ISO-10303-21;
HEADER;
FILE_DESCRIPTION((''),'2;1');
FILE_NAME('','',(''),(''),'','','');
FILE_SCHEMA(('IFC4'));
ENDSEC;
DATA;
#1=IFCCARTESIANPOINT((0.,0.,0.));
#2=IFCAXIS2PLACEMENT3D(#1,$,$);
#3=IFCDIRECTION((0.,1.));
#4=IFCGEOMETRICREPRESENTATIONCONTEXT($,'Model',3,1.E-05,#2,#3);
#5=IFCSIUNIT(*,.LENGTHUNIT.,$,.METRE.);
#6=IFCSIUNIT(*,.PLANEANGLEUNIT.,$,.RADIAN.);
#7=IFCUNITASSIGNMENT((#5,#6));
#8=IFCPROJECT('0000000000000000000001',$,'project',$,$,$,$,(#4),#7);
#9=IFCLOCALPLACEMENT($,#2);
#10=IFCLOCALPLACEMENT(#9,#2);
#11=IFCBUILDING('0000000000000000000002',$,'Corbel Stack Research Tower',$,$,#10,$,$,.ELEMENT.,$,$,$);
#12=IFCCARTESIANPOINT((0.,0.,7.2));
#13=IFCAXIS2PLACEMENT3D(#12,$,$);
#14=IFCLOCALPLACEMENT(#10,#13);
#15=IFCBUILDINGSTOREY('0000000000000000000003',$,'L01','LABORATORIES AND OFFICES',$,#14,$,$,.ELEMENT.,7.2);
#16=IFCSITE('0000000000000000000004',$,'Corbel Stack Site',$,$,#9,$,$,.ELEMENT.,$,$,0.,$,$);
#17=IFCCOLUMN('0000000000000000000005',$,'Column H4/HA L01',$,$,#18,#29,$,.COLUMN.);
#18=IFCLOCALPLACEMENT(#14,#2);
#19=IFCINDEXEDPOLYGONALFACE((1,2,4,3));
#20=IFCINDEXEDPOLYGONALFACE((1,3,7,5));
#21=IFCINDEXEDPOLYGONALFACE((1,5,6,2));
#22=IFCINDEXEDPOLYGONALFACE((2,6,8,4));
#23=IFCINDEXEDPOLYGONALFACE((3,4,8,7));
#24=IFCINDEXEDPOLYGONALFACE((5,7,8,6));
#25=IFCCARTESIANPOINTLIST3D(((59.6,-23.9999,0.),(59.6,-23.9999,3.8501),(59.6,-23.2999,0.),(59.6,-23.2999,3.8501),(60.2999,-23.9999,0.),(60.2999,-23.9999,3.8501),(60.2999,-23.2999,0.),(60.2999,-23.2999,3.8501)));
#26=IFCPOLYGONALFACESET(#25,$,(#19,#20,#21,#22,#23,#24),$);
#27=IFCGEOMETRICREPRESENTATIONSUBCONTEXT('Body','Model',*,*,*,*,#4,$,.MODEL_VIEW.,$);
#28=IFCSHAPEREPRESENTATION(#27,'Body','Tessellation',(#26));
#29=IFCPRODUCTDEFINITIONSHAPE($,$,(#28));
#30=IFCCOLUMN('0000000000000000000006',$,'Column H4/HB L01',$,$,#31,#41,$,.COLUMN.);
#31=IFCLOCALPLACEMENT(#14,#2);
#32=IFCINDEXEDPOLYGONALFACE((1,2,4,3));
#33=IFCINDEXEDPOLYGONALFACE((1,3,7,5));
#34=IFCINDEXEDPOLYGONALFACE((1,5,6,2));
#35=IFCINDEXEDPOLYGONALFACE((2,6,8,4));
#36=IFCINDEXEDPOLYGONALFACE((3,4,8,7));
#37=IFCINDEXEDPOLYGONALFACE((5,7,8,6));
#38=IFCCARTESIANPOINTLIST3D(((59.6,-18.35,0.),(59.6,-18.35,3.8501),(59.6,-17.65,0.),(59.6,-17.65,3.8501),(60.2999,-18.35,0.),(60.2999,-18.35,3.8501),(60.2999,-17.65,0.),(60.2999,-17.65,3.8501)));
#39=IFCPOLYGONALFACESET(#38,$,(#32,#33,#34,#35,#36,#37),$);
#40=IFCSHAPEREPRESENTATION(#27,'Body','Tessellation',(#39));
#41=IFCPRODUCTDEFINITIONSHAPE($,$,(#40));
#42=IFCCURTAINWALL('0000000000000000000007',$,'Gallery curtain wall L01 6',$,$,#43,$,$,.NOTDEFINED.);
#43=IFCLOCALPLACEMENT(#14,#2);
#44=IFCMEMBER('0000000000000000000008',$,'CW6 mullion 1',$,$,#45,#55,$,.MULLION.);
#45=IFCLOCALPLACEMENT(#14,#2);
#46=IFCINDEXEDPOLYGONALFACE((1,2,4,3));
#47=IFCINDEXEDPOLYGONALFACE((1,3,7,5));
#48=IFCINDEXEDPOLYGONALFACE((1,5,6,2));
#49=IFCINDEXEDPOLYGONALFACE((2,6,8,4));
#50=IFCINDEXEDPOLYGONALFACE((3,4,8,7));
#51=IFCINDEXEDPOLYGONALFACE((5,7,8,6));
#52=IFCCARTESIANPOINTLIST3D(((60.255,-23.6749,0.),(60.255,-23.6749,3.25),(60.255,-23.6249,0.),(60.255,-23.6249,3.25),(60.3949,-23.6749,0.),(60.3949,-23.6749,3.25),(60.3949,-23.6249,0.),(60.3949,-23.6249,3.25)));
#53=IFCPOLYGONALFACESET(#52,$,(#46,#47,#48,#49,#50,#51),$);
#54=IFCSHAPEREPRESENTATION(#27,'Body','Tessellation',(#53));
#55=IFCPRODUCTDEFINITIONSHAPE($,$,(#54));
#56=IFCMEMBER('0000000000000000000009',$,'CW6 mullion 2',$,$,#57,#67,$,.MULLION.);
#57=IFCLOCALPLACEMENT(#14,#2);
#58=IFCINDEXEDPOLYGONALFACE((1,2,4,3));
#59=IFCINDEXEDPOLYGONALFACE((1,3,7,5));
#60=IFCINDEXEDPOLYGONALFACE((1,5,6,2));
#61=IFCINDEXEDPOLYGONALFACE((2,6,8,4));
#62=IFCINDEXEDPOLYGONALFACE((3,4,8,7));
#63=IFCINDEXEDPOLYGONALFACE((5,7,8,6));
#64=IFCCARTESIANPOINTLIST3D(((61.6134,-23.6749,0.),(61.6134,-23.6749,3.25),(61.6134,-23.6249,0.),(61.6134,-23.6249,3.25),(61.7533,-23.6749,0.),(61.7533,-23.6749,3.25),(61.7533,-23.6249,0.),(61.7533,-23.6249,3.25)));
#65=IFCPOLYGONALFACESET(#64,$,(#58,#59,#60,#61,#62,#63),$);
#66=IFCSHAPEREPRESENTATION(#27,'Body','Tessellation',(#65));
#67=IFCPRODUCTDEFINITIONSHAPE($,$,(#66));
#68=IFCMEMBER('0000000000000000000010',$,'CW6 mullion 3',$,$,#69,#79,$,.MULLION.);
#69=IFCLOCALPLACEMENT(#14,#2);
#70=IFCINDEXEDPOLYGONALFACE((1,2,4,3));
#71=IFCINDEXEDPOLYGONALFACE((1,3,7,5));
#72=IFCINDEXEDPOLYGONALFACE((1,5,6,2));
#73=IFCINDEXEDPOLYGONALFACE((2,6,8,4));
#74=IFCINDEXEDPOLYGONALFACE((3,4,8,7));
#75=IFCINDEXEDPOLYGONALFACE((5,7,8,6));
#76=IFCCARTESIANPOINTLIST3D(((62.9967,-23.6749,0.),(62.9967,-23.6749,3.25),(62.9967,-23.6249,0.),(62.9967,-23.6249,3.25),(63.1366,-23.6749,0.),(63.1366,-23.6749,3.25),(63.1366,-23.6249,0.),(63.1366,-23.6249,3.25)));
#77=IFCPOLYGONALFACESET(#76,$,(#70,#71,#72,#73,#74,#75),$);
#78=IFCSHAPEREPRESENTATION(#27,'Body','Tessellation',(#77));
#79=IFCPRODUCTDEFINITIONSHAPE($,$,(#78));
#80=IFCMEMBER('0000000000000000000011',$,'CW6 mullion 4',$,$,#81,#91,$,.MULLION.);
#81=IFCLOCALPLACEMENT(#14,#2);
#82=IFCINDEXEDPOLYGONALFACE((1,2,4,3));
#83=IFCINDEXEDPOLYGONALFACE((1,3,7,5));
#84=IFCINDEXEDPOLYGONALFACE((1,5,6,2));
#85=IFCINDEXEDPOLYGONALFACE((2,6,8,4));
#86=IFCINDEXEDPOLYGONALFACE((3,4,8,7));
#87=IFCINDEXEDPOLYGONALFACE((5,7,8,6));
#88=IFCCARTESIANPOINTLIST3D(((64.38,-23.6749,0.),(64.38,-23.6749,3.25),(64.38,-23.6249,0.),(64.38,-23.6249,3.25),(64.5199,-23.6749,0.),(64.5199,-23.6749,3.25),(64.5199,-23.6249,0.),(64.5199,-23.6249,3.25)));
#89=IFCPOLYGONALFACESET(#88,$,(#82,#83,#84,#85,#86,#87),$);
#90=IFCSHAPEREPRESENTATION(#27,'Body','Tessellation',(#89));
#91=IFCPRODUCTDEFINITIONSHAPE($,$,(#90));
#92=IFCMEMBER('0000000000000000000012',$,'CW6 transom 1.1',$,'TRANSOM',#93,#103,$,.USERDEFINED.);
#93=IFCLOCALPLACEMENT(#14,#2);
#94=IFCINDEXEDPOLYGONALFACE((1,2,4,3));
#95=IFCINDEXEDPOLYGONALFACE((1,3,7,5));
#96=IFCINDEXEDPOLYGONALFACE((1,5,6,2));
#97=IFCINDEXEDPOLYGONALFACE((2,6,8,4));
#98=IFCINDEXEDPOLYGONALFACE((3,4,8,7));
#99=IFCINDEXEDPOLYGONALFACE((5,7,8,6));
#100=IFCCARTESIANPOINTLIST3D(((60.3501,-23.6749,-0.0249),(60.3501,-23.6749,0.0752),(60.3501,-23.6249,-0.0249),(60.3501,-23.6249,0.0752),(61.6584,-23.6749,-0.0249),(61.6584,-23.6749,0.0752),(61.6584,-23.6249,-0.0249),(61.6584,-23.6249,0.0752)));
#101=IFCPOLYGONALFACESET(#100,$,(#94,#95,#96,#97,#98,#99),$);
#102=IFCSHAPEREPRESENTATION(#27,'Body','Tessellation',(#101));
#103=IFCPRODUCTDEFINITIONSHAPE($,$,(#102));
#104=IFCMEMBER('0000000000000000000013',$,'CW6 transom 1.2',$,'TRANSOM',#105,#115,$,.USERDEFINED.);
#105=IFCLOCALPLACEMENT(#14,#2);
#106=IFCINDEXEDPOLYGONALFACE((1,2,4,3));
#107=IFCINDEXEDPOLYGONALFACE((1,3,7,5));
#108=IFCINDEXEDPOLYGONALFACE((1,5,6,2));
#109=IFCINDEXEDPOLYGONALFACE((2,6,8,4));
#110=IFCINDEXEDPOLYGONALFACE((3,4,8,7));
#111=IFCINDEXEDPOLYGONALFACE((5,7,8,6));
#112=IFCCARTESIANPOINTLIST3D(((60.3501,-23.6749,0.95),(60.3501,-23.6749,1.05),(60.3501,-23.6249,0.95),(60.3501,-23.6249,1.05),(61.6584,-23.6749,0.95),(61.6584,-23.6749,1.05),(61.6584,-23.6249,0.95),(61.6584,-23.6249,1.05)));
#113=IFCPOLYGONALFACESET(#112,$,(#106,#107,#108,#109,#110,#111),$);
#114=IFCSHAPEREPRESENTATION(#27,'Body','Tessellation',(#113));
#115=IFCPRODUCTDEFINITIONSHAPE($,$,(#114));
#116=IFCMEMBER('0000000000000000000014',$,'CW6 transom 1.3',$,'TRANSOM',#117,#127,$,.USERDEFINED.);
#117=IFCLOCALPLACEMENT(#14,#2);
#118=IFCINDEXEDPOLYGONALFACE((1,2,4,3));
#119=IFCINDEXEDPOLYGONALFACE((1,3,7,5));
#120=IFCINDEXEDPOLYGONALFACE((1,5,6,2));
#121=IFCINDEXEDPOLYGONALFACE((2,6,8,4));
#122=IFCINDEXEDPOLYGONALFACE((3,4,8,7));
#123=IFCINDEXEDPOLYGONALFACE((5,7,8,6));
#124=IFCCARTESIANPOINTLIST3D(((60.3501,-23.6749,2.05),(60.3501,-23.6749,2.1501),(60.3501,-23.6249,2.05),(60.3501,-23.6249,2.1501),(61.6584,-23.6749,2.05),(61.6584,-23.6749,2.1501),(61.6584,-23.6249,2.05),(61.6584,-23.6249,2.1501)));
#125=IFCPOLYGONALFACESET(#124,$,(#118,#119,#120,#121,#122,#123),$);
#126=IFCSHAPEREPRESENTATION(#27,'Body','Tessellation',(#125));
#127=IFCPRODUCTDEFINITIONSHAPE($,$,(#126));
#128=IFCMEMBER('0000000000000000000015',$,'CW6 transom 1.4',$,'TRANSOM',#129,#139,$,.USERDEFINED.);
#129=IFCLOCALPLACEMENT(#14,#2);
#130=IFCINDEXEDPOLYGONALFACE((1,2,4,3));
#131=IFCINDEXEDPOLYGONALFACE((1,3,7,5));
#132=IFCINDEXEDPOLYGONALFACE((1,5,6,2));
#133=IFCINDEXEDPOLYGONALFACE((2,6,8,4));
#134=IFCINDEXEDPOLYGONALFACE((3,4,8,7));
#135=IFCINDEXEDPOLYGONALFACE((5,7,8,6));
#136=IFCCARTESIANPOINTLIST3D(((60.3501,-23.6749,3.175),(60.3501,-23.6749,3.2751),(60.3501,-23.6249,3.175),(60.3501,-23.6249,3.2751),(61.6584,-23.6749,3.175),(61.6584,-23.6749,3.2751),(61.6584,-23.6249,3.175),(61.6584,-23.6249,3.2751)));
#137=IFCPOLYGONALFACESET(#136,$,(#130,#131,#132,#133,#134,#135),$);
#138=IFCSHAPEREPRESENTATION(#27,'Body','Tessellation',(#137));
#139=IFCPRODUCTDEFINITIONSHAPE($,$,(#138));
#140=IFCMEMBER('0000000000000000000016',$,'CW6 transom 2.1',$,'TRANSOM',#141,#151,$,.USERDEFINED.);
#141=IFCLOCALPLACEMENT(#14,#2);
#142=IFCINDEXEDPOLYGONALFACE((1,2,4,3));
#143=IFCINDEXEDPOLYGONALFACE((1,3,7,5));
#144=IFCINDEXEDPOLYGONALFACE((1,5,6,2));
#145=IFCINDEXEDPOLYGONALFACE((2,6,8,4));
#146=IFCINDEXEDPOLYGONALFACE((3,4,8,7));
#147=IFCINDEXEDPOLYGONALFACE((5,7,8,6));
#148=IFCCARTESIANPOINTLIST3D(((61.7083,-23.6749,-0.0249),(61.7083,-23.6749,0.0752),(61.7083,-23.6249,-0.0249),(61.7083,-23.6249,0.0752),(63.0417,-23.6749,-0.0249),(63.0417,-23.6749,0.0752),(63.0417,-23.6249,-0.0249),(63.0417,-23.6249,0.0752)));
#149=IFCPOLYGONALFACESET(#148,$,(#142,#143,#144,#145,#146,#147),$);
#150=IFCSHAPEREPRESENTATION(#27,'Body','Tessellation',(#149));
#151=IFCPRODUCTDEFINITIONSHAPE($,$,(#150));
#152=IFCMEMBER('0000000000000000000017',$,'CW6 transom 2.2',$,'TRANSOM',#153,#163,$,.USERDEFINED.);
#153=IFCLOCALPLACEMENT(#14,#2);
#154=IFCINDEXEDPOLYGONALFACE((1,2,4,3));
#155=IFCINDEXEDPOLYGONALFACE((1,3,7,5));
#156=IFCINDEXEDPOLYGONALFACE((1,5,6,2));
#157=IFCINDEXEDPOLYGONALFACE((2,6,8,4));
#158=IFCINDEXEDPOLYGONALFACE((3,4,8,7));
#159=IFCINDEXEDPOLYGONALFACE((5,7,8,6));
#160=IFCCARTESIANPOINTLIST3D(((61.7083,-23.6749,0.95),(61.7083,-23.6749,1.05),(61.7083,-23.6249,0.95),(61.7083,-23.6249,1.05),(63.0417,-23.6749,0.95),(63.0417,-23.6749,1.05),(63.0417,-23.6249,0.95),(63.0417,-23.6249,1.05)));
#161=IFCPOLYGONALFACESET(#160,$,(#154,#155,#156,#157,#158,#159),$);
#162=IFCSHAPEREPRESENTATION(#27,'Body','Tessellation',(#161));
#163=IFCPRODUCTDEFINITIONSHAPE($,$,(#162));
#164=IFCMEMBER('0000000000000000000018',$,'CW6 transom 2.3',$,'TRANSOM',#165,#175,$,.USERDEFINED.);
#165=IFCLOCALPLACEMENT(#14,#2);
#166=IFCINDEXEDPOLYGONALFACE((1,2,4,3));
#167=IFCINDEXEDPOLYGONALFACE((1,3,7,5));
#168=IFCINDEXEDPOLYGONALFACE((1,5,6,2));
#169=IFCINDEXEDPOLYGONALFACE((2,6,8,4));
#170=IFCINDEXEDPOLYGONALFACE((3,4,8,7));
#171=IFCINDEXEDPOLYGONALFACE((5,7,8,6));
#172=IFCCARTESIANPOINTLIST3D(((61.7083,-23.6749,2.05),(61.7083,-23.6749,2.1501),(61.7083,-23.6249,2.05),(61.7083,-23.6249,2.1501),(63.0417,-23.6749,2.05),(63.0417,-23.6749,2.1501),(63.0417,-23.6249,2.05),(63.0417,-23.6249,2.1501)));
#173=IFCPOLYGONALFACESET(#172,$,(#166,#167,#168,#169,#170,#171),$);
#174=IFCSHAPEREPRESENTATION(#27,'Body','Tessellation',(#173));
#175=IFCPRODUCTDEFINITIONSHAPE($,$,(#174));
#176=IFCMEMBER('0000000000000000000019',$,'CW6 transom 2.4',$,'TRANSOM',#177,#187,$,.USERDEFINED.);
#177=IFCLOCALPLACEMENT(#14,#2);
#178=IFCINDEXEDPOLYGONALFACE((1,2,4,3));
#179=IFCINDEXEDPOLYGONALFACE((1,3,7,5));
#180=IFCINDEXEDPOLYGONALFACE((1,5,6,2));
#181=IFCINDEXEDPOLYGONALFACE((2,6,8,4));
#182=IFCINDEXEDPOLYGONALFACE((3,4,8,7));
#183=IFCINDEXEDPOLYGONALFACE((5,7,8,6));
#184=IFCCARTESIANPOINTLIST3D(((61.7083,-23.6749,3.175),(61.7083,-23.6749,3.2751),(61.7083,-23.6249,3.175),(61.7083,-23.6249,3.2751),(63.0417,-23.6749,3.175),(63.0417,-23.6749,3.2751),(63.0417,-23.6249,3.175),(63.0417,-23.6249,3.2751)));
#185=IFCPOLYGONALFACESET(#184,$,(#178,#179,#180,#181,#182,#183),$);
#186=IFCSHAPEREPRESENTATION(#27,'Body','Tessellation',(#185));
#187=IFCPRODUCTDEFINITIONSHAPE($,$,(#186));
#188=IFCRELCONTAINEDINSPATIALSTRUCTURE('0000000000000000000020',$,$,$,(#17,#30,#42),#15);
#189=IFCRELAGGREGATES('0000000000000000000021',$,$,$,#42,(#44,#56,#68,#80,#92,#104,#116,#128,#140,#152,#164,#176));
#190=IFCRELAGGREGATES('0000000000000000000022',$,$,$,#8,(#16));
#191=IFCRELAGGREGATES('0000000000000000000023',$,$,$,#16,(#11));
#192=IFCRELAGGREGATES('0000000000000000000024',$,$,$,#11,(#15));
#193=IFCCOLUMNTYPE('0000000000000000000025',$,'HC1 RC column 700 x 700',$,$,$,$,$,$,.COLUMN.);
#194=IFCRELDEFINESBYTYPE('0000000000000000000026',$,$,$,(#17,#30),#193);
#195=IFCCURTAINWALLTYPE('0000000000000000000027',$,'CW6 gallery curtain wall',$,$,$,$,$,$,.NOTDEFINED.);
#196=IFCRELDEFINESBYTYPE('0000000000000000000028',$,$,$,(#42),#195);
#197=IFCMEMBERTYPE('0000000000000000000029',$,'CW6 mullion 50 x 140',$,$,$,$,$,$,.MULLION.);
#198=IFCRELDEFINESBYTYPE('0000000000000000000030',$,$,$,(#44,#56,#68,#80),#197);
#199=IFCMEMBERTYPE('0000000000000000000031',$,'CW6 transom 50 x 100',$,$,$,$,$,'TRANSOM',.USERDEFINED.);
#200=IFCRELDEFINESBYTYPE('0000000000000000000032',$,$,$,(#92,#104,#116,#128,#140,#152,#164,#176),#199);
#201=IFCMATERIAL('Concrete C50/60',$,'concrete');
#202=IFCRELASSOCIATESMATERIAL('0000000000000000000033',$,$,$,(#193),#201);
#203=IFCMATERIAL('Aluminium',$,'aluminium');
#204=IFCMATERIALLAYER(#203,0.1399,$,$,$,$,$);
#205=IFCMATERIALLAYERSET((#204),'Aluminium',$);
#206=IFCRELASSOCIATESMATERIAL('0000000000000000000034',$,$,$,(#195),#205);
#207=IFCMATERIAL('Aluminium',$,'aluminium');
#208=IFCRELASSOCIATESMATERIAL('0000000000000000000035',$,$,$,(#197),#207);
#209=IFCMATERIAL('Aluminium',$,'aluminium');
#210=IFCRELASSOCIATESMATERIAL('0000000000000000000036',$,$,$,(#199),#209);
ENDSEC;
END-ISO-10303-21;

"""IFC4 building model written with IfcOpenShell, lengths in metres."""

from ifc_helpers import new_model, si_unit, direction, frame, origin, origin_2d, place, context, subcontext, project, spatial, rectangle, extrude, material, layer, layer_set, material_profile, profile_set, type_object, element, aggregate, save


model = new_model("IFC4")

# Units and contexts
model_context = context("Model", 3, precision=1e-05, world=origin(), true_north=direction((0.0, 1.0)))
body_context = subcontext(model_context, "Body", "Model", "MODEL_VIEW")
ifc_project = project(units=[si_unit("LENGTHUNIT", "METRE"), si_unit("PLANEANGLEUNIT", "RADIAN")], contexts=[model_context])

# Site, building, storey
site_placement = place(None, origin())
site = spatial("IfcSite", under=ifc_project, at=site_placement, Name="Corbel Stack Site", CompositionType="ELEMENT", RefElevation=0.0)
building_placement = place(site_placement, origin())
building = spatial("IfcBuilding", under=site, at=building_placement, Name="Corbel Stack Research Tower", CompositionType="ELEMENT")
storey_placement = place(building_placement, frame((0.0, 0.0, 7.2)))
storey = spatial("IfcBuildingStorey", under=building, at=storey_placement, Name="L01", Description="LABORATORIES AND OFFICES", CompositionType="ELEMENT", Elevation=7.2)

# Columns
ifc_material_1 = material(Name="Concrete C50/60", Category="concrete")
ifc_material_profile_1 = material_profile(ifc_material_1, rectangle(XDim=0.7, YDim=0.7, at=origin_2d()), Name="RC 700 x 700")
ifc_profile_set_1 = profile_set([ifc_material_profile_1], Name="Concrete C50/60")
column_type = type_object("IfcColumnType", Name="HC1 RC column 700 x 700", PredefinedType="COLUMN", material=ifc_profile_set_1)
for number, where, z_axis, x_axis, name in (
    (1, (59.95, -23.6499, 0.0), (0.0, 0.0, 1.0), (1.0, 0.0, 0.0), "Column H4/HA L01"),
    (2, (59.95, -18.0, 0.0), (0.0, 0.0, 1.0), (1.0, 0.0, 0.0), "Column H4/HB L01"),
):
    element("IfcColumn", number, at=place(storey_placement, frame(where, z_axis=z_axis, x_axis=x_axis)), inside=storey, type_object=column_type, Name=name, PredefinedType="COLUMN", context=body_context, shape_type="SweptSolid", body=[
        extrude(rectangle(XDim=0.7, YDim=0.7, at=origin_2d()), origin(), (0.0, 0.0, 1.0), 3.8501),
    ])

# Curtain wall, members
ifc_material_2 = material(Name="Aluminium", Category="aluminium")
ifc_layer_1 = layer(ifc_material_2, 0.1399)
ifc_layer_set_1 = layer_set([ifc_layer_1], Name="Aluminium")
curtain_wall_type = type_object("IfcCurtainWallType", Name="CW6 gallery curtain wall", PredefinedType="NOTDEFINED", material=ifc_layer_set_1)
curtain_wall_placement = place(storey_placement, origin())
curtain_wall = element("IfcCurtainWall", 3, at=curtain_wall_placement, inside=storey, type_object=curtain_wall_type, Name="Gallery curtain wall L01 6", PredefinedType="NOTDEFINED")
ifc_material_3 = material(Name="Aluminium", Category="aluminium")
ifc_material_profile_2 = material_profile(ifc_material_3, rectangle(XDim=0.05, YDim=0.1399, at=origin_2d()), Name="Mullion 50 x 140")
ifc_profile_set_2 = profile_set([ifc_material_profile_2], Name="Aluminium")
member_type_1 = type_object("IfcMemberType", Name="CW6 mullion 50 x 140", PredefinedType="MULLION", material=ifc_profile_set_2)
member_1_placement = place(storey_placement, frame((60.325, -23.6499, 0.0), z_axis=(0.0, 0.0, 1.0), x_axis=(0.0, 1.0, 0.0)))
member_1 = element("IfcMember", 4, at=member_1_placement, type_object=member_type_1, Name="CW6 mullion 1", PredefinedType="MULLION", context=body_context, shape_type="SweptSolid", body=[
    extrude(rectangle(XDim=0.05, YDim=0.1399, at=origin_2d()), origin(), (0.0, 0.0, 1.0), 3.25),
])
member_2_placement = place(storey_placement, frame((61.6833, -23.6499, 0.0), z_axis=(0.0, 0.0, 1.0), x_axis=(0.0, 1.0, 0.0)))
member_2 = element("IfcMember", 5, at=member_2_placement, type_object=member_type_1, Name="CW6 mullion 2", PredefinedType="MULLION", context=body_context, shape_type="SweptSolid", body=[
    extrude(rectangle(XDim=0.05, YDim=0.1399, at=origin_2d()), origin(), (0.0, 0.0, 1.0), 3.25),
])
member_3_placement = place(storey_placement, frame((63.0667, -23.6499, 0.0), z_axis=(0.0, 0.0, 1.0), x_axis=(0.0, 1.0, 0.0)))
member_3 = element("IfcMember", 6, at=member_3_placement, type_object=member_type_1, Name="CW6 mullion 3", PredefinedType="MULLION", context=body_context, shape_type="SweptSolid", body=[
    extrude(rectangle(XDim=0.05, YDim=0.1399, at=origin_2d()), origin(), (0.0, 0.0, 1.0), 3.25),
])
member_4_placement = place(storey_placement, frame((64.45, -23.6499, 0.0), z_axis=(0.0, 0.0, 1.0), x_axis=(0.0, 1.0, 0.0)))
member_4 = element("IfcMember", 7, at=member_4_placement, type_object=member_type_1, Name="CW6 mullion 4", PredefinedType="MULLION", context=body_context, shape_type="SweptSolid", body=[
    extrude(rectangle(XDim=0.05, YDim=0.1399, at=origin_2d()), origin(), (0.0, 0.0, 1.0), 3.25),
])
ifc_material_4 = material(Name="Aluminium", Category="aluminium")
ifc_material_profile_3 = material_profile(ifc_material_4, rectangle(XDim=0.05, YDim=0.1001, at=origin_2d()), Name="Transom 50 x 100")
ifc_profile_set_3 = profile_set([ifc_material_profile_3], Name="Aluminium")
member_type_2 = type_object("IfcMemberType", Name="CW6 transom 50 x 100", ElementType="TRANSOM", PredefinedType="USERDEFINED", material=ifc_profile_set_3)
member_5_placement = place(storey_placement, frame((60.3501, -23.6499, 0.0251), z_axis=(1.0, 0.0, 0.0), x_axis=(0.0, 1.0, 0.0)))
member_5 = element("IfcMember", 8, at=member_5_placement, type_object=member_type_2, Name="CW6 transom 1.1", ObjectType="TRANSOM", PredefinedType="USERDEFINED", context=body_context, shape_type="SweptSolid", body=[
    extrude(rectangle(XDim=0.05, YDim=0.1001, at=origin_2d()), origin(), (0.0, 0.0, 1.0), 1.3083),
])
member_6_placement = place(storey_placement, frame((60.3501, -23.6499, 1.0), z_axis=(1.0, 0.0, 0.0), x_axis=(0.0, 1.0, 0.0)))
member_6 = element("IfcMember", 9, at=member_6_placement, type_object=member_type_2, Name="CW6 transom 1.2", ObjectType="TRANSOM", PredefinedType="USERDEFINED", context=body_context, shape_type="SweptSolid", body=[
    extrude(rectangle(XDim=0.05, YDim=0.1001, at=origin_2d()), origin(), (0.0, 0.0, 1.0), 1.3083),
])
member_7_placement = place(storey_placement, frame((60.3501, -23.6499, 2.1001), z_axis=(1.0, 0.0, 0.0), x_axis=(0.0, 1.0, 0.0)))
member_7 = element("IfcMember", 10, at=member_7_placement, type_object=member_type_2, Name="CW6 transom 1.3", ObjectType="TRANSOM", PredefinedType="USERDEFINED", context=body_context, shape_type="SweptSolid", body=[
    extrude(rectangle(XDim=0.05, YDim=0.1001, at=origin_2d()), origin(), (0.0, 0.0, 1.0), 1.3083),
])
member_8_placement = place(storey_placement, frame((60.3501, -23.6499, 3.2251), z_axis=(1.0, 0.0, 0.0), x_axis=(0.0, 1.0, 0.0)))
member_8 = element("IfcMember", 11, at=member_8_placement, type_object=member_type_2, Name="CW6 transom 1.4", ObjectType="TRANSOM", PredefinedType="USERDEFINED", context=body_context, shape_type="SweptSolid", body=[
    extrude(rectangle(XDim=0.05, YDim=0.1001, at=origin_2d()), origin(), (0.0, 0.0, 1.0), 1.3083),
])
member_9_placement = place(storey_placement, frame((61.7083, -23.6499, 0.0251), z_axis=(1.0, 0.0, 0.0), x_axis=(0.0, 1.0, 0.0)))
member_9 = element("IfcMember", 12, at=member_9_placement, type_object=member_type_2, Name="CW6 transom 2.1", ObjectType="TRANSOM", PredefinedType="USERDEFINED", context=body_context, shape_type="SweptSolid", body=[
    extrude(rectangle(XDim=0.05, YDim=0.1001, at=origin_2d()), origin(), (0.0, 0.0, 1.0), 1.3335),
])
member_10_placement = place(storey_placement, frame((61.7083, -23.6499, 1.0), z_axis=(1.0, 0.0, 0.0), x_axis=(0.0, 1.0, 0.0)))
member_10 = element("IfcMember", 13, at=member_10_placement, type_object=member_type_2, Name="CW6 transom 2.2", ObjectType="TRANSOM", PredefinedType="USERDEFINED", context=body_context, shape_type="SweptSolid", body=[
    extrude(rectangle(XDim=0.05, YDim=0.1001, at=origin_2d()), origin(), (0.0, 0.0, 1.0), 1.3335),
])
member_11_placement = place(storey_placement, frame((61.7083, -23.6499, 2.1001), z_axis=(1.0, 0.0, 0.0), x_axis=(0.0, 1.0, 0.0)))
member_11 = element("IfcMember", 14, at=member_11_placement, type_object=member_type_2, Name="CW6 transom 2.3", ObjectType="TRANSOM", PredefinedType="USERDEFINED", context=body_context, shape_type="SweptSolid", body=[
    extrude(rectangle(XDim=0.05, YDim=0.1001, at=origin_2d()), origin(), (0.0, 0.0, 1.0), 1.3335),
])
member_12_placement = place(storey_placement, frame((61.7083, -23.6499, 3.2251), z_axis=(1.0, 0.0, 0.0), x_axis=(0.0, 1.0, 0.0)))
member_12 = element("IfcMember", 15, at=member_12_placement, type_object=member_type_2, Name="CW6 transom 2.4", ObjectType="TRANSOM", PredefinedType="USERDEFINED", context=body_context, shape_type="SweptSolid", body=[
    extrude(rectangle(XDim=0.05, YDim=0.1001, at=origin_2d()), origin(), (0.0, 0.0, 1.0), 1.3335),
])

aggregate(curtain_wall, [member_1, member_2, member_3, member_4, member_5, member_6, member_7, member_8, member_9, member_10, member_11, member_12])

save(model, "model.ifc")
